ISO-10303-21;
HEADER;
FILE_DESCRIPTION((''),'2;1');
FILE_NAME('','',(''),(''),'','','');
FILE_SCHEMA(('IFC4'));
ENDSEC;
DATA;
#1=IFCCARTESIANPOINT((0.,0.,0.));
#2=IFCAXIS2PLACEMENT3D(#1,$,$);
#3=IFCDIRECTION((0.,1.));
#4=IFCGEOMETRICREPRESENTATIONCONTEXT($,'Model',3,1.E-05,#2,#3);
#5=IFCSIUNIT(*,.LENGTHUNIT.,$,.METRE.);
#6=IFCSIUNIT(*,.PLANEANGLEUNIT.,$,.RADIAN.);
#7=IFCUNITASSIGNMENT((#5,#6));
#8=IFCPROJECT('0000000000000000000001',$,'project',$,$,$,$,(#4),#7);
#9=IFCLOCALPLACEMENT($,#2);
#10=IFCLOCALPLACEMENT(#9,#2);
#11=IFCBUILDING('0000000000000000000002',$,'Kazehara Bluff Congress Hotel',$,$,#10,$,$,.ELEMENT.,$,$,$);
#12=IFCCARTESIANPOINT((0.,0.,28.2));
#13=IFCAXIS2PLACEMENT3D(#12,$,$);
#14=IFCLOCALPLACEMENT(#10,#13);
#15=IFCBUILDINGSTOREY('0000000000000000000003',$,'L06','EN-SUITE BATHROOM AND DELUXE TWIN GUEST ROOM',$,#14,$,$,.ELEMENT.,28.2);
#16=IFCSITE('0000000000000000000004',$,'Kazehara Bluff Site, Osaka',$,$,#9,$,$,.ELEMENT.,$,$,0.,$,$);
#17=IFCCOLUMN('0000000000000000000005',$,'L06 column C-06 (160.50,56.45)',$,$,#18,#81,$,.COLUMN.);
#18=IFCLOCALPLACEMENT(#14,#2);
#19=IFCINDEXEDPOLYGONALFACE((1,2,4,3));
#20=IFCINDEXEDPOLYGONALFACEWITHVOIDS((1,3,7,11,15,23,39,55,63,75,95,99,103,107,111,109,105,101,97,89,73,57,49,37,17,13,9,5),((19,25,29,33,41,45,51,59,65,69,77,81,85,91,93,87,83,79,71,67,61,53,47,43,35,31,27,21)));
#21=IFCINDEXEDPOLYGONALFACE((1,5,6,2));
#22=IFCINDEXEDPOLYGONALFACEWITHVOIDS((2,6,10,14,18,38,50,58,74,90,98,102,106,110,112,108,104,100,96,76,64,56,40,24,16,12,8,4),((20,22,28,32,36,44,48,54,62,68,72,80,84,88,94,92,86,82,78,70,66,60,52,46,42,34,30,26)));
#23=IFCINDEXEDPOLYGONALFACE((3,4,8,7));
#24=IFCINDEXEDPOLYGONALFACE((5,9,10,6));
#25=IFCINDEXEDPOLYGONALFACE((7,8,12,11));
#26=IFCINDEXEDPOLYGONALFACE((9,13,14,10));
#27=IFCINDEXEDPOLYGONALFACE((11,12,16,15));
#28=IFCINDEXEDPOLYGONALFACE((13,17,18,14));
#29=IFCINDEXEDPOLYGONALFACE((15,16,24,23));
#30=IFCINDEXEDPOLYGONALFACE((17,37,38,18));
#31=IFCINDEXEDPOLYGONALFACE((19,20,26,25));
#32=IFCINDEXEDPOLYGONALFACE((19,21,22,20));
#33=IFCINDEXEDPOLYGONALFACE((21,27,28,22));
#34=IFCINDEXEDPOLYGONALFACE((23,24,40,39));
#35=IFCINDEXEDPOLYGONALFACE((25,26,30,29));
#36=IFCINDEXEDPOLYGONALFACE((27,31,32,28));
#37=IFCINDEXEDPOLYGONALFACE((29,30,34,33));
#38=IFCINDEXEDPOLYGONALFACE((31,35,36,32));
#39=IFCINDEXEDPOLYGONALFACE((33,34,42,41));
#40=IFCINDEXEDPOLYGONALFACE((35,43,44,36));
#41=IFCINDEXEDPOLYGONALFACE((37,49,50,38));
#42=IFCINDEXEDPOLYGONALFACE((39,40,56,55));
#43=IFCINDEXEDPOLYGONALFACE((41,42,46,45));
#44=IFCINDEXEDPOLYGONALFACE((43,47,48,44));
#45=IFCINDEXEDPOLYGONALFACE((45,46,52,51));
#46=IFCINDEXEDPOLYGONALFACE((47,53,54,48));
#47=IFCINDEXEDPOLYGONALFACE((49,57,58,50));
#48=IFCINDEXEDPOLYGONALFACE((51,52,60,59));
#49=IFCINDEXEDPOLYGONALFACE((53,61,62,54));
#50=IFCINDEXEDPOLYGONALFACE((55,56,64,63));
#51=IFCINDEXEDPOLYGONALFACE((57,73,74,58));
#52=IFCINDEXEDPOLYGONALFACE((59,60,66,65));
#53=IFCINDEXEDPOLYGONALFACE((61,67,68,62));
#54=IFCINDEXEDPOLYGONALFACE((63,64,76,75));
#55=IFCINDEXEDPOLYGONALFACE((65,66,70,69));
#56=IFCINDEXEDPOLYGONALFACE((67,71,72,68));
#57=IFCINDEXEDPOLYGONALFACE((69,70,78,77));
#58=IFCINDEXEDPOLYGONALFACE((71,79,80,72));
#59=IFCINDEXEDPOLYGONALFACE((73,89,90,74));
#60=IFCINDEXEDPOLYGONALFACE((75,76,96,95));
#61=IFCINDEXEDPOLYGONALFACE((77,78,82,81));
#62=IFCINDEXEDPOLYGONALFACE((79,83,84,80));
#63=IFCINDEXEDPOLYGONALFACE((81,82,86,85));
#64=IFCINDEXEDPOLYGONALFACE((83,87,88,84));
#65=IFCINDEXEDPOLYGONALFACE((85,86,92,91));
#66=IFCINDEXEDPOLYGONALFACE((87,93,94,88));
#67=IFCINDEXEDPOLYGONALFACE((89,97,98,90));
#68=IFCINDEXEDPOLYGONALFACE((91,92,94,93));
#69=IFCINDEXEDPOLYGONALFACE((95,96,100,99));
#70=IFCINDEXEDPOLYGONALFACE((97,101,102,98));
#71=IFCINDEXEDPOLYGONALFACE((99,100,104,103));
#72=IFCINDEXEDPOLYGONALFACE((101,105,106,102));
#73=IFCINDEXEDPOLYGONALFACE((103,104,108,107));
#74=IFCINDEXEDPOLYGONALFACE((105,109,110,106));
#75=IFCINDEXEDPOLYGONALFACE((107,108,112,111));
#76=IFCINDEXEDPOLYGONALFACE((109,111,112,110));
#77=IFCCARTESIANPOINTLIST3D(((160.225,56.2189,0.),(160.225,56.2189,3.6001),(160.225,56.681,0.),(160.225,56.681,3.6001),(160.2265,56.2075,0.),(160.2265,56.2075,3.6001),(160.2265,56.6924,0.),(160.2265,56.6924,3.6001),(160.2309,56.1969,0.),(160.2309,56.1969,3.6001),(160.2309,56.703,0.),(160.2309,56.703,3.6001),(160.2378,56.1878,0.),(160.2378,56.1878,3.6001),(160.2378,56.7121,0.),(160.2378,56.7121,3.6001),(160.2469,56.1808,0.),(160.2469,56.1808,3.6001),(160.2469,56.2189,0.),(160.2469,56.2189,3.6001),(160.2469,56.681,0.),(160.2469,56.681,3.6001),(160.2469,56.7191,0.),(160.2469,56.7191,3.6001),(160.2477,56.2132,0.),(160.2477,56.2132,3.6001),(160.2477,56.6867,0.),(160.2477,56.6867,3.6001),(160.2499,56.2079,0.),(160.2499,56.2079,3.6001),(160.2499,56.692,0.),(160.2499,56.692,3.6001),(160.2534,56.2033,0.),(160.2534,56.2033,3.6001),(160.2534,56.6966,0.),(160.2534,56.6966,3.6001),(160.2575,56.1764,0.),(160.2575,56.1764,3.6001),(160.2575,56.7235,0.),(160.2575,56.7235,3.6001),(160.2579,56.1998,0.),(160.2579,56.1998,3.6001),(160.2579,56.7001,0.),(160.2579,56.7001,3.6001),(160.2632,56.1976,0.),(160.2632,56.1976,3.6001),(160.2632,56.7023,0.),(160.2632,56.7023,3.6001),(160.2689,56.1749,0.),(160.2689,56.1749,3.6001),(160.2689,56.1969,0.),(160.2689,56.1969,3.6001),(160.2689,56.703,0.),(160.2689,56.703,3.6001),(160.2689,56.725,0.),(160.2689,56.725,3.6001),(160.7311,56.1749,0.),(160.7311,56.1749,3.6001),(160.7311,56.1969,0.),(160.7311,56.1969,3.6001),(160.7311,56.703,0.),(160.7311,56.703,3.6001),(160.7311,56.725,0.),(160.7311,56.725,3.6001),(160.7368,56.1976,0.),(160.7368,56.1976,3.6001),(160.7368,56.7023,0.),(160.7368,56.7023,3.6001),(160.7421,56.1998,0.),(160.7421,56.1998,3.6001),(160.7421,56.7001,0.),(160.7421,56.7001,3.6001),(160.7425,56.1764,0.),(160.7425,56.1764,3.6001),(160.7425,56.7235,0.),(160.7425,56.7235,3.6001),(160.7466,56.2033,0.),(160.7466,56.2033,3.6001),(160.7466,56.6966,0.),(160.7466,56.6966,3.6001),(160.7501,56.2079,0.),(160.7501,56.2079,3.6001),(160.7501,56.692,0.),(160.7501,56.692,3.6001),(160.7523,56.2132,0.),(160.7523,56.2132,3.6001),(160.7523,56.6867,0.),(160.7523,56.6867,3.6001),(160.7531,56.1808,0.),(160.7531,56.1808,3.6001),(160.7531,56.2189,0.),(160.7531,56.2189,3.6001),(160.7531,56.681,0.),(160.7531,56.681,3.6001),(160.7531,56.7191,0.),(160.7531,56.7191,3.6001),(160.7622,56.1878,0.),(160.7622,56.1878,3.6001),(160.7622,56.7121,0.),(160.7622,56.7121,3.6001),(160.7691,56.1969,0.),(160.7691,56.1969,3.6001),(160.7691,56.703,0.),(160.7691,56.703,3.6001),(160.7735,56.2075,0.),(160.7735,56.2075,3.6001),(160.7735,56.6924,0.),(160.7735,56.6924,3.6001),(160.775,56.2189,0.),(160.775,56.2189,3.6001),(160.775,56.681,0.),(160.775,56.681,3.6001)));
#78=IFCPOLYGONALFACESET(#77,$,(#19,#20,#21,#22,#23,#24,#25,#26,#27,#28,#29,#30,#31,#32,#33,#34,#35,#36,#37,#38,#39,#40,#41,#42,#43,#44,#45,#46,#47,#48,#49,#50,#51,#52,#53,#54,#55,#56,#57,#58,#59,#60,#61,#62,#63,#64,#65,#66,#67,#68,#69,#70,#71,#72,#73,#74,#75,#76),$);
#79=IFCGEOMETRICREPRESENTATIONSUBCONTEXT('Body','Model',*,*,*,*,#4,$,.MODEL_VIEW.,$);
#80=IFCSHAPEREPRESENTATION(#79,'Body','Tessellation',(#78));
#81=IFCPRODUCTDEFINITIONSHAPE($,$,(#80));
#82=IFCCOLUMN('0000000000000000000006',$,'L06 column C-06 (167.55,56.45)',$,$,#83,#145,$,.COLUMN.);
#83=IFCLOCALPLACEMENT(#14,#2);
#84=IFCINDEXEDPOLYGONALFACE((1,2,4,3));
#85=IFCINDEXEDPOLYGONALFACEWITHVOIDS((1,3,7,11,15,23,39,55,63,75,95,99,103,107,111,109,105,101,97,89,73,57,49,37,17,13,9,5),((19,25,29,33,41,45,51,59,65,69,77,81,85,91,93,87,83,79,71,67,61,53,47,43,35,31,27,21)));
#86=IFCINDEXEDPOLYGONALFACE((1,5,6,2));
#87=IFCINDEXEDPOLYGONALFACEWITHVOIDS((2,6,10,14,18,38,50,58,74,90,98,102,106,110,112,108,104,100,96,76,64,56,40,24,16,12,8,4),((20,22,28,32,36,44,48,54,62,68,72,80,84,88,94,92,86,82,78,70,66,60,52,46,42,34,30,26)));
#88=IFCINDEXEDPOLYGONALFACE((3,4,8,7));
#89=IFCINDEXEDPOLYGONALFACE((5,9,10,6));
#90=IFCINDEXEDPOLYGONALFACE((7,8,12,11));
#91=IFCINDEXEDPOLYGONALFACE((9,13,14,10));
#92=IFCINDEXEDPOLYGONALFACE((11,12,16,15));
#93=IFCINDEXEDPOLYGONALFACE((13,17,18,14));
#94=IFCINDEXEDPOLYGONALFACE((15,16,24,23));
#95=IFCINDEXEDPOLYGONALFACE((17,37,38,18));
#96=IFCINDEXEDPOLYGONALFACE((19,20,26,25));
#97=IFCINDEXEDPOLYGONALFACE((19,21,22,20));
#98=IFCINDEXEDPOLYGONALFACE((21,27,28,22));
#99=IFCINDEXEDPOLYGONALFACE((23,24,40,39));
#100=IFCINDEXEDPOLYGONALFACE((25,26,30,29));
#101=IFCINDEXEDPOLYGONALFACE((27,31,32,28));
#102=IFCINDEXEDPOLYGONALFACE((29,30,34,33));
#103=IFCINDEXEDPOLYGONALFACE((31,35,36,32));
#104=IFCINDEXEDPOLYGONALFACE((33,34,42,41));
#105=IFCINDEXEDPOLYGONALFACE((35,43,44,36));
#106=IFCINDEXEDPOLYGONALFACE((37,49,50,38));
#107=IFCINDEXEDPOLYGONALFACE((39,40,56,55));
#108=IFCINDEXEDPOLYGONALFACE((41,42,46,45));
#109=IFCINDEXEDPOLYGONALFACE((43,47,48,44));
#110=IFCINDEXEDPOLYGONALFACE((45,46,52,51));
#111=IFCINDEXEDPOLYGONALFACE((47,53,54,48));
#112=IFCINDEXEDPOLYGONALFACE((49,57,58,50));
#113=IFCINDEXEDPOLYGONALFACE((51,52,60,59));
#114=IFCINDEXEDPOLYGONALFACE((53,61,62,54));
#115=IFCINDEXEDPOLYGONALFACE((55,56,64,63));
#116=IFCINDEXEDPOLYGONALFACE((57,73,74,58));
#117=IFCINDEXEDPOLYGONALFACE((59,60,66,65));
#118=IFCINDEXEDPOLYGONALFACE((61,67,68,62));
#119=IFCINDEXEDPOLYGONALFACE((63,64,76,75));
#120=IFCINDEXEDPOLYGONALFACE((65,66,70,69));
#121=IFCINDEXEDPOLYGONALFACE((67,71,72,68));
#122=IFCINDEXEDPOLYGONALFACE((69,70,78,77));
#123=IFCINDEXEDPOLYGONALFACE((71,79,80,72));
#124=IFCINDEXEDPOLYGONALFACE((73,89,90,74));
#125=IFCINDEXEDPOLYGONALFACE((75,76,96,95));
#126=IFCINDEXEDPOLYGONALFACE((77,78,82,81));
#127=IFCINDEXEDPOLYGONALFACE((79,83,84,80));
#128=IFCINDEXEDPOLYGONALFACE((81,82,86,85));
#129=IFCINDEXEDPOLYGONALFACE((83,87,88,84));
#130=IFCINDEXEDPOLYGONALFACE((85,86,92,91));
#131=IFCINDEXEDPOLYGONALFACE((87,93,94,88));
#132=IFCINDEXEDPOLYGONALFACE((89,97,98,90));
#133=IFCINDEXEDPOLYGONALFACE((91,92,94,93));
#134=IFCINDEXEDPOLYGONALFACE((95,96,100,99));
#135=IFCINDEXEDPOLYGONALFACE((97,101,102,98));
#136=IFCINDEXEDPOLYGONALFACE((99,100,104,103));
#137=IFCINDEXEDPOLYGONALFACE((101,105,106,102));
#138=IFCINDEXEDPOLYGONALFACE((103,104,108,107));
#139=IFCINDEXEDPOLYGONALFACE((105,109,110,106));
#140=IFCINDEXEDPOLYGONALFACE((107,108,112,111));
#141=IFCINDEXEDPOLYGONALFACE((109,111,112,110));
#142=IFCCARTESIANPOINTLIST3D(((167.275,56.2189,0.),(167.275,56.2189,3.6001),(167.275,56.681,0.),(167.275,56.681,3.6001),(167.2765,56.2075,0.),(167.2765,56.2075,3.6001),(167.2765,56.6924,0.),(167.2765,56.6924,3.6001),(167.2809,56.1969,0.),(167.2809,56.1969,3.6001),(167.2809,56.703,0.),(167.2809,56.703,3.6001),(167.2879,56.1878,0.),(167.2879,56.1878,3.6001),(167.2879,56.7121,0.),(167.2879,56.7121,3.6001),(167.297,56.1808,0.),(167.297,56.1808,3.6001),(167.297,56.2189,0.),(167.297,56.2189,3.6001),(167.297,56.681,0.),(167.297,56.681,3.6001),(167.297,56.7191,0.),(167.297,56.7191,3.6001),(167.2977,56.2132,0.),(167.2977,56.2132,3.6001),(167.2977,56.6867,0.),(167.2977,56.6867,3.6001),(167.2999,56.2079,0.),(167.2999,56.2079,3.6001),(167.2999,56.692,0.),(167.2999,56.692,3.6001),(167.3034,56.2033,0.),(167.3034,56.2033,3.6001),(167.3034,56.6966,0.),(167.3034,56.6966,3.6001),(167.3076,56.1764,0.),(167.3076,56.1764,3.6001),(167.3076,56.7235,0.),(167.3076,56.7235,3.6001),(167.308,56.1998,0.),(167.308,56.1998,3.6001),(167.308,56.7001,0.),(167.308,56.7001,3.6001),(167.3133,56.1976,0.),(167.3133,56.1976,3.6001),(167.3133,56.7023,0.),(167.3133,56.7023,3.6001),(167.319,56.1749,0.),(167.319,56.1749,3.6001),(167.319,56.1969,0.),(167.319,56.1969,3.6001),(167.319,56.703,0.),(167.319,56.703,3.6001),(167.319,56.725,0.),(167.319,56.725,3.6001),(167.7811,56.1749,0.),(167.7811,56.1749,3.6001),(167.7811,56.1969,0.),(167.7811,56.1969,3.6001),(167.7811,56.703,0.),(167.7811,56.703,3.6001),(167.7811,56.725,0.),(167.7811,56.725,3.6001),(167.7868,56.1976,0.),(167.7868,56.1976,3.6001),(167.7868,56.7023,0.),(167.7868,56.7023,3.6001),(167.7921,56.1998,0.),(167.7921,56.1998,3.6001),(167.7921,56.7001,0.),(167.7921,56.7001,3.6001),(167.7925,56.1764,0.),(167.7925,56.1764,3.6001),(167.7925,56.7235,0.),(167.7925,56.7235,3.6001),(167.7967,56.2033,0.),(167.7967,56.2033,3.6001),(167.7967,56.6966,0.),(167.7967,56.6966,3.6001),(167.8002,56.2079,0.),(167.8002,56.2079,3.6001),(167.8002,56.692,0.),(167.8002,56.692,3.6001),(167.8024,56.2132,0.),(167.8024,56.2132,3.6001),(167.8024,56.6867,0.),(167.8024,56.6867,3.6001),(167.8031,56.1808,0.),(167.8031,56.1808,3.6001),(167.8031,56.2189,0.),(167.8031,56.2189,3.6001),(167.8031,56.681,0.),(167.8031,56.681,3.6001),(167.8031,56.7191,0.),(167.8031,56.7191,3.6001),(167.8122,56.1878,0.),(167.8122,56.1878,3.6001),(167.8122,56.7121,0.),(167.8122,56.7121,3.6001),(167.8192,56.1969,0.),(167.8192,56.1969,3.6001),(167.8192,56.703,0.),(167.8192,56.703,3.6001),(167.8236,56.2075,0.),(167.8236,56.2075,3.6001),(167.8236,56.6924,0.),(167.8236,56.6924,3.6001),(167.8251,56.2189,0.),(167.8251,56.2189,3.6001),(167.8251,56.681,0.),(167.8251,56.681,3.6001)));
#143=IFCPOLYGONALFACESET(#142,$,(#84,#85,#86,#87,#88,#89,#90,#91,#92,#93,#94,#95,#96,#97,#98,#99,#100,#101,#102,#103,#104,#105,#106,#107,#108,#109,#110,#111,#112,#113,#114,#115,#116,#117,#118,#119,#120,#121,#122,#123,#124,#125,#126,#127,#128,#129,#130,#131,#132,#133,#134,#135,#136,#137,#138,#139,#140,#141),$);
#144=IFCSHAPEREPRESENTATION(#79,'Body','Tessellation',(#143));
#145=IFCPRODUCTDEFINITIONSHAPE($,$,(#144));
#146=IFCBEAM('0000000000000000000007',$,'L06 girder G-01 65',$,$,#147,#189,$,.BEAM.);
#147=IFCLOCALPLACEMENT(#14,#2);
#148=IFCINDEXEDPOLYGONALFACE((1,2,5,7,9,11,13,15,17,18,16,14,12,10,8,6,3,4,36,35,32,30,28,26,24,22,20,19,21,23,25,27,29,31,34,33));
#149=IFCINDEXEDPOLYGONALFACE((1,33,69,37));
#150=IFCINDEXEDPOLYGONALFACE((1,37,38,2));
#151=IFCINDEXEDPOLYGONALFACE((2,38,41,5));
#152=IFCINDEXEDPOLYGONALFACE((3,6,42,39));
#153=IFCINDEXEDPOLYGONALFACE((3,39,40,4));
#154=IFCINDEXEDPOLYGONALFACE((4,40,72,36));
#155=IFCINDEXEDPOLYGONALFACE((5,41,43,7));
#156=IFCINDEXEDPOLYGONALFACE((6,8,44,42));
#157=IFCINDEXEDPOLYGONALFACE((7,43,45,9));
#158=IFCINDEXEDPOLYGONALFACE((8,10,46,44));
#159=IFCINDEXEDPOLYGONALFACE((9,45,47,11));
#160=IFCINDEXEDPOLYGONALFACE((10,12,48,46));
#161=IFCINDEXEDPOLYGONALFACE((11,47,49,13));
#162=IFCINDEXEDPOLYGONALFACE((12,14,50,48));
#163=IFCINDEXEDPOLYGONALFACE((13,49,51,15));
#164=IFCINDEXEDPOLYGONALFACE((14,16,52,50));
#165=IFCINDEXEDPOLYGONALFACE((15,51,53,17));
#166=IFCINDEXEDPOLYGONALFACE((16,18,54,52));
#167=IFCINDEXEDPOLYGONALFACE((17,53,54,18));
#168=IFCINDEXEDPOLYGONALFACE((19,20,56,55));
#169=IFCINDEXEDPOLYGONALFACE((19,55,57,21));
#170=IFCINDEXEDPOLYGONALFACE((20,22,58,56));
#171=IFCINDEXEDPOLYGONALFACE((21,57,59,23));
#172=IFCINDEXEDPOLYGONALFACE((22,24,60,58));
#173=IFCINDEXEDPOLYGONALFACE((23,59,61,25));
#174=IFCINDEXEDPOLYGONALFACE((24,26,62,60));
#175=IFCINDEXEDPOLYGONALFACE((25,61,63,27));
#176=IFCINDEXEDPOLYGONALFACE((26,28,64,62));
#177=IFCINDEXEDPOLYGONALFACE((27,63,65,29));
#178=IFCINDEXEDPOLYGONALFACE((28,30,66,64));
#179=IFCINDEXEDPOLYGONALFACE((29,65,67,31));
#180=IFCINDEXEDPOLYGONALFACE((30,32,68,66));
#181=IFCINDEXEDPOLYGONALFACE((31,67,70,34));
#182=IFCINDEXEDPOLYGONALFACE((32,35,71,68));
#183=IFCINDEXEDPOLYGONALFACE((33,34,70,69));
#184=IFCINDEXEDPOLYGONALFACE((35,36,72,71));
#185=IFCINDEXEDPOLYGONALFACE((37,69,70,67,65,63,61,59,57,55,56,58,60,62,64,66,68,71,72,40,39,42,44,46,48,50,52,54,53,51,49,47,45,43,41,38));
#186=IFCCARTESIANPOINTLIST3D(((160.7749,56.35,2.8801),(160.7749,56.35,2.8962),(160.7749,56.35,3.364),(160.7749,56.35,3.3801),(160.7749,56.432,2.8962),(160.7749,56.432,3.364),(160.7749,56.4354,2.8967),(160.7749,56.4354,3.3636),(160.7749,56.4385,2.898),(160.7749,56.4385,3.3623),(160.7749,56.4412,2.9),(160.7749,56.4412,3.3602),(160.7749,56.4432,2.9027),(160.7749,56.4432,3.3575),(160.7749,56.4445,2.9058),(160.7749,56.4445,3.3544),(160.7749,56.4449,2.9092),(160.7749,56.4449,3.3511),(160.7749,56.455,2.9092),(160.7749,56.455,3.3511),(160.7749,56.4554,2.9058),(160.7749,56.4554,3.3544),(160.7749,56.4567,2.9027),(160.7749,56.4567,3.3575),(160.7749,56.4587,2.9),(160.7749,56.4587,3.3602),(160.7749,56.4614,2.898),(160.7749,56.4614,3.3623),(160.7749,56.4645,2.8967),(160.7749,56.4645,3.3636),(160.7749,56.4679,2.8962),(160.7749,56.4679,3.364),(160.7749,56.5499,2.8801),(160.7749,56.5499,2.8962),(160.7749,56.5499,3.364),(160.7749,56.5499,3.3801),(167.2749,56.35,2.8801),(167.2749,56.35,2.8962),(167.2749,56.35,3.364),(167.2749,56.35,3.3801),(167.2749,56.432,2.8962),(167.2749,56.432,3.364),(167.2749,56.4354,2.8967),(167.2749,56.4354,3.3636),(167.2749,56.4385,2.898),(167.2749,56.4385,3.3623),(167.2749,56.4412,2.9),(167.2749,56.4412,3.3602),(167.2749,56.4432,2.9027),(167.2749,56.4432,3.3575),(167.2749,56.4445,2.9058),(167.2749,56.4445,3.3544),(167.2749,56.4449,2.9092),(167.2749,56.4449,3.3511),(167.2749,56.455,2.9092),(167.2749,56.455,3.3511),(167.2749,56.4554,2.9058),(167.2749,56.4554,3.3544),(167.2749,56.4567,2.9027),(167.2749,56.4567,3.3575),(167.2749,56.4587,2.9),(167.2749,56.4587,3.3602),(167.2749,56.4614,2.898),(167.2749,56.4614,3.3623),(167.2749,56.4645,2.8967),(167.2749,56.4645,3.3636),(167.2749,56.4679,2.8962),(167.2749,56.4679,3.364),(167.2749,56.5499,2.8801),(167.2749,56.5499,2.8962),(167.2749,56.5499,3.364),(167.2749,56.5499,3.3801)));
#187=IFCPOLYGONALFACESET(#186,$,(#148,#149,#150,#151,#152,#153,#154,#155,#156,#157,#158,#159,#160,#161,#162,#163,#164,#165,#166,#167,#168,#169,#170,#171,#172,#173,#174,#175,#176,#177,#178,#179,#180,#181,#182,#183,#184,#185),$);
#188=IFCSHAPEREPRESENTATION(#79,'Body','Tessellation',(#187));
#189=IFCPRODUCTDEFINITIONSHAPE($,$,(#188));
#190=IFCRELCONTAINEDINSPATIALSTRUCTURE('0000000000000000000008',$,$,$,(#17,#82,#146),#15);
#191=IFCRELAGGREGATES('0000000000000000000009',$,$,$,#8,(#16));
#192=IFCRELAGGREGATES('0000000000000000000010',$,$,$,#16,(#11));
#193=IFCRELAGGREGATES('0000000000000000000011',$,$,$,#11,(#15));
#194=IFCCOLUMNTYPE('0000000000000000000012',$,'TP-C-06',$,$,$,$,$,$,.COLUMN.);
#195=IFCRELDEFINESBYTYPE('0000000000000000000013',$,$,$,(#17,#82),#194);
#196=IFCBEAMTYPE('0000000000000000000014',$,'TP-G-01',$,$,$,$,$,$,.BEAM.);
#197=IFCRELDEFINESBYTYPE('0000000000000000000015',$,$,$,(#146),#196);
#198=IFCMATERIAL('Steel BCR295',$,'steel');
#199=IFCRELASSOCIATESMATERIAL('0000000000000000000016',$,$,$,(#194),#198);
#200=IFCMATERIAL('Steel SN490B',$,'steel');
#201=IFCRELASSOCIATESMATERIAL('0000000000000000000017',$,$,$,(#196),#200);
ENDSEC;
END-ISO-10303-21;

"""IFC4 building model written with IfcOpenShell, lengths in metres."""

from ifc_helpers import new_model, si_unit, direction, frame, origin, origin_2d, place, context, subcontext, project, spatial, hollow_rectangle, i_section, extrude, material, material_profile, profile_set, type_object, element, save


model = new_model("IFC4")

# Units and contexts
model_context = context("Model", 3, precision=1e-05, world=origin(), true_north=direction((0.0, 1.0)))
body_context = subcontext(model_context, "Body", "Model", "MODEL_VIEW")
ifc_project = project(units=[si_unit("LENGTHUNIT", "METRE"), si_unit("PLANEANGLEUNIT", "RADIAN")], contexts=[model_context])

# Site, building, storey
site_placement = place(None, origin())
site = spatial("IfcSite", under=ifc_project, at=site_placement, Name="Kazehara Bluff Site, Osaka", CompositionType="ELEMENT", RefElevation=0.0)
building_placement = place(site_placement, origin())
building = spatial("IfcBuilding", under=site, at=building_placement, Name="Kazehara Bluff Congress Hotel", CompositionType="ELEMENT")
storey_placement = place(building_placement, frame((0.0, 0.0, 28.2)))
storey = spatial("IfcBuildingStorey", under=building, at=storey_placement, Name="L06", Description="EN-SUITE BATHROOM AND DELUXE TWIN GUEST ROOM", CompositionType="ELEMENT", Elevation=28.2)

# Columns
ifc_material_1 = material(Name="Steel BCR295", Category="steel")
ifc_material_profile_1 = material_profile(ifc_material_1, hollow_rectangle(XDim=0.55, YDim=0.55, WallThickness=0.022, InnerFilletRadius=0.022, OuterFilletRadius=0.0439, at=origin_2d()))
ifc_profile_set_1 = profile_set([ifc_material_profile_1], Name="Steel BCR295")
column_type = type_object("IfcColumnType", Name="TP-C-06", PredefinedType="COLUMN", material=ifc_profile_set_1)
for number, where, z_axis, x_axis, name in (
    (1, (160.5, 56.45, 0.0), (0.0, 0.0, 1.0), (1.0, 0.0, 0.0), "L06 column C-06 (160.50,56.45)"),
    (2, (167.55, 56.45, 0.0), (0.0, 0.0, 1.0), (1.0, 0.0, 0.0), "L06 column C-06 (167.55,56.45)"),
):
    element("IfcColumn", number, at=place(storey_placement, frame(where, z_axis=z_axis, x_axis=x_axis)), inside=storey, type_object=column_type, Name=name, PredefinedType="COLUMN", context=body_context, shape_type="SweptSolid", body=[
        extrude(hollow_rectangle(XDim=0.55, YDim=0.55, WallThickness=0.022, InnerFilletRadius=0.022, OuterFilletRadius=0.0439, at=origin_2d()), origin(), (0.0, 0.0, 1.0), 3.6001),
    ])

# Beam
ifc_material_2 = material(Name="Steel SN490B", Category="steel")
ifc_material_profile_2 = material_profile(ifc_material_2, i_section(OverallWidth=0.2, OverallDepth=0.5, WebThickness=0.01, FlangeThickness=0.0161, FilletRadius=0.0129, at=origin_2d()))
ifc_profile_set_2 = profile_set([ifc_material_profile_2], Name="Steel SN490B")
beam_type_1 = type_object("IfcBeamType", Name="TP-G-01", PredefinedType="BEAM", material=ifc_profile_set_2)
beam_placement = place(storey_placement, frame((160.7749, 56.45, 3.1301), z_axis=(1.0, 0.0, 0.0), x_axis=(0.0, 1.0, 0.0)))
element("IfcBeam", 3, at=beam_placement, inside=storey, type_object=beam_type_1, Name="L06 girder G-01 65", PredefinedType="BEAM", context=body_context, shape_type="SweptSolid", body=[
    extrude(i_section(OverallWidth=0.2, OverallDepth=0.5, WebThickness=0.01, FlangeThickness=0.0161, FilletRadius=0.0129, at=origin_2d()), origin(), (0.0, 0.0, 1.0), 6.5),
])

save(model, "model.ifc")
